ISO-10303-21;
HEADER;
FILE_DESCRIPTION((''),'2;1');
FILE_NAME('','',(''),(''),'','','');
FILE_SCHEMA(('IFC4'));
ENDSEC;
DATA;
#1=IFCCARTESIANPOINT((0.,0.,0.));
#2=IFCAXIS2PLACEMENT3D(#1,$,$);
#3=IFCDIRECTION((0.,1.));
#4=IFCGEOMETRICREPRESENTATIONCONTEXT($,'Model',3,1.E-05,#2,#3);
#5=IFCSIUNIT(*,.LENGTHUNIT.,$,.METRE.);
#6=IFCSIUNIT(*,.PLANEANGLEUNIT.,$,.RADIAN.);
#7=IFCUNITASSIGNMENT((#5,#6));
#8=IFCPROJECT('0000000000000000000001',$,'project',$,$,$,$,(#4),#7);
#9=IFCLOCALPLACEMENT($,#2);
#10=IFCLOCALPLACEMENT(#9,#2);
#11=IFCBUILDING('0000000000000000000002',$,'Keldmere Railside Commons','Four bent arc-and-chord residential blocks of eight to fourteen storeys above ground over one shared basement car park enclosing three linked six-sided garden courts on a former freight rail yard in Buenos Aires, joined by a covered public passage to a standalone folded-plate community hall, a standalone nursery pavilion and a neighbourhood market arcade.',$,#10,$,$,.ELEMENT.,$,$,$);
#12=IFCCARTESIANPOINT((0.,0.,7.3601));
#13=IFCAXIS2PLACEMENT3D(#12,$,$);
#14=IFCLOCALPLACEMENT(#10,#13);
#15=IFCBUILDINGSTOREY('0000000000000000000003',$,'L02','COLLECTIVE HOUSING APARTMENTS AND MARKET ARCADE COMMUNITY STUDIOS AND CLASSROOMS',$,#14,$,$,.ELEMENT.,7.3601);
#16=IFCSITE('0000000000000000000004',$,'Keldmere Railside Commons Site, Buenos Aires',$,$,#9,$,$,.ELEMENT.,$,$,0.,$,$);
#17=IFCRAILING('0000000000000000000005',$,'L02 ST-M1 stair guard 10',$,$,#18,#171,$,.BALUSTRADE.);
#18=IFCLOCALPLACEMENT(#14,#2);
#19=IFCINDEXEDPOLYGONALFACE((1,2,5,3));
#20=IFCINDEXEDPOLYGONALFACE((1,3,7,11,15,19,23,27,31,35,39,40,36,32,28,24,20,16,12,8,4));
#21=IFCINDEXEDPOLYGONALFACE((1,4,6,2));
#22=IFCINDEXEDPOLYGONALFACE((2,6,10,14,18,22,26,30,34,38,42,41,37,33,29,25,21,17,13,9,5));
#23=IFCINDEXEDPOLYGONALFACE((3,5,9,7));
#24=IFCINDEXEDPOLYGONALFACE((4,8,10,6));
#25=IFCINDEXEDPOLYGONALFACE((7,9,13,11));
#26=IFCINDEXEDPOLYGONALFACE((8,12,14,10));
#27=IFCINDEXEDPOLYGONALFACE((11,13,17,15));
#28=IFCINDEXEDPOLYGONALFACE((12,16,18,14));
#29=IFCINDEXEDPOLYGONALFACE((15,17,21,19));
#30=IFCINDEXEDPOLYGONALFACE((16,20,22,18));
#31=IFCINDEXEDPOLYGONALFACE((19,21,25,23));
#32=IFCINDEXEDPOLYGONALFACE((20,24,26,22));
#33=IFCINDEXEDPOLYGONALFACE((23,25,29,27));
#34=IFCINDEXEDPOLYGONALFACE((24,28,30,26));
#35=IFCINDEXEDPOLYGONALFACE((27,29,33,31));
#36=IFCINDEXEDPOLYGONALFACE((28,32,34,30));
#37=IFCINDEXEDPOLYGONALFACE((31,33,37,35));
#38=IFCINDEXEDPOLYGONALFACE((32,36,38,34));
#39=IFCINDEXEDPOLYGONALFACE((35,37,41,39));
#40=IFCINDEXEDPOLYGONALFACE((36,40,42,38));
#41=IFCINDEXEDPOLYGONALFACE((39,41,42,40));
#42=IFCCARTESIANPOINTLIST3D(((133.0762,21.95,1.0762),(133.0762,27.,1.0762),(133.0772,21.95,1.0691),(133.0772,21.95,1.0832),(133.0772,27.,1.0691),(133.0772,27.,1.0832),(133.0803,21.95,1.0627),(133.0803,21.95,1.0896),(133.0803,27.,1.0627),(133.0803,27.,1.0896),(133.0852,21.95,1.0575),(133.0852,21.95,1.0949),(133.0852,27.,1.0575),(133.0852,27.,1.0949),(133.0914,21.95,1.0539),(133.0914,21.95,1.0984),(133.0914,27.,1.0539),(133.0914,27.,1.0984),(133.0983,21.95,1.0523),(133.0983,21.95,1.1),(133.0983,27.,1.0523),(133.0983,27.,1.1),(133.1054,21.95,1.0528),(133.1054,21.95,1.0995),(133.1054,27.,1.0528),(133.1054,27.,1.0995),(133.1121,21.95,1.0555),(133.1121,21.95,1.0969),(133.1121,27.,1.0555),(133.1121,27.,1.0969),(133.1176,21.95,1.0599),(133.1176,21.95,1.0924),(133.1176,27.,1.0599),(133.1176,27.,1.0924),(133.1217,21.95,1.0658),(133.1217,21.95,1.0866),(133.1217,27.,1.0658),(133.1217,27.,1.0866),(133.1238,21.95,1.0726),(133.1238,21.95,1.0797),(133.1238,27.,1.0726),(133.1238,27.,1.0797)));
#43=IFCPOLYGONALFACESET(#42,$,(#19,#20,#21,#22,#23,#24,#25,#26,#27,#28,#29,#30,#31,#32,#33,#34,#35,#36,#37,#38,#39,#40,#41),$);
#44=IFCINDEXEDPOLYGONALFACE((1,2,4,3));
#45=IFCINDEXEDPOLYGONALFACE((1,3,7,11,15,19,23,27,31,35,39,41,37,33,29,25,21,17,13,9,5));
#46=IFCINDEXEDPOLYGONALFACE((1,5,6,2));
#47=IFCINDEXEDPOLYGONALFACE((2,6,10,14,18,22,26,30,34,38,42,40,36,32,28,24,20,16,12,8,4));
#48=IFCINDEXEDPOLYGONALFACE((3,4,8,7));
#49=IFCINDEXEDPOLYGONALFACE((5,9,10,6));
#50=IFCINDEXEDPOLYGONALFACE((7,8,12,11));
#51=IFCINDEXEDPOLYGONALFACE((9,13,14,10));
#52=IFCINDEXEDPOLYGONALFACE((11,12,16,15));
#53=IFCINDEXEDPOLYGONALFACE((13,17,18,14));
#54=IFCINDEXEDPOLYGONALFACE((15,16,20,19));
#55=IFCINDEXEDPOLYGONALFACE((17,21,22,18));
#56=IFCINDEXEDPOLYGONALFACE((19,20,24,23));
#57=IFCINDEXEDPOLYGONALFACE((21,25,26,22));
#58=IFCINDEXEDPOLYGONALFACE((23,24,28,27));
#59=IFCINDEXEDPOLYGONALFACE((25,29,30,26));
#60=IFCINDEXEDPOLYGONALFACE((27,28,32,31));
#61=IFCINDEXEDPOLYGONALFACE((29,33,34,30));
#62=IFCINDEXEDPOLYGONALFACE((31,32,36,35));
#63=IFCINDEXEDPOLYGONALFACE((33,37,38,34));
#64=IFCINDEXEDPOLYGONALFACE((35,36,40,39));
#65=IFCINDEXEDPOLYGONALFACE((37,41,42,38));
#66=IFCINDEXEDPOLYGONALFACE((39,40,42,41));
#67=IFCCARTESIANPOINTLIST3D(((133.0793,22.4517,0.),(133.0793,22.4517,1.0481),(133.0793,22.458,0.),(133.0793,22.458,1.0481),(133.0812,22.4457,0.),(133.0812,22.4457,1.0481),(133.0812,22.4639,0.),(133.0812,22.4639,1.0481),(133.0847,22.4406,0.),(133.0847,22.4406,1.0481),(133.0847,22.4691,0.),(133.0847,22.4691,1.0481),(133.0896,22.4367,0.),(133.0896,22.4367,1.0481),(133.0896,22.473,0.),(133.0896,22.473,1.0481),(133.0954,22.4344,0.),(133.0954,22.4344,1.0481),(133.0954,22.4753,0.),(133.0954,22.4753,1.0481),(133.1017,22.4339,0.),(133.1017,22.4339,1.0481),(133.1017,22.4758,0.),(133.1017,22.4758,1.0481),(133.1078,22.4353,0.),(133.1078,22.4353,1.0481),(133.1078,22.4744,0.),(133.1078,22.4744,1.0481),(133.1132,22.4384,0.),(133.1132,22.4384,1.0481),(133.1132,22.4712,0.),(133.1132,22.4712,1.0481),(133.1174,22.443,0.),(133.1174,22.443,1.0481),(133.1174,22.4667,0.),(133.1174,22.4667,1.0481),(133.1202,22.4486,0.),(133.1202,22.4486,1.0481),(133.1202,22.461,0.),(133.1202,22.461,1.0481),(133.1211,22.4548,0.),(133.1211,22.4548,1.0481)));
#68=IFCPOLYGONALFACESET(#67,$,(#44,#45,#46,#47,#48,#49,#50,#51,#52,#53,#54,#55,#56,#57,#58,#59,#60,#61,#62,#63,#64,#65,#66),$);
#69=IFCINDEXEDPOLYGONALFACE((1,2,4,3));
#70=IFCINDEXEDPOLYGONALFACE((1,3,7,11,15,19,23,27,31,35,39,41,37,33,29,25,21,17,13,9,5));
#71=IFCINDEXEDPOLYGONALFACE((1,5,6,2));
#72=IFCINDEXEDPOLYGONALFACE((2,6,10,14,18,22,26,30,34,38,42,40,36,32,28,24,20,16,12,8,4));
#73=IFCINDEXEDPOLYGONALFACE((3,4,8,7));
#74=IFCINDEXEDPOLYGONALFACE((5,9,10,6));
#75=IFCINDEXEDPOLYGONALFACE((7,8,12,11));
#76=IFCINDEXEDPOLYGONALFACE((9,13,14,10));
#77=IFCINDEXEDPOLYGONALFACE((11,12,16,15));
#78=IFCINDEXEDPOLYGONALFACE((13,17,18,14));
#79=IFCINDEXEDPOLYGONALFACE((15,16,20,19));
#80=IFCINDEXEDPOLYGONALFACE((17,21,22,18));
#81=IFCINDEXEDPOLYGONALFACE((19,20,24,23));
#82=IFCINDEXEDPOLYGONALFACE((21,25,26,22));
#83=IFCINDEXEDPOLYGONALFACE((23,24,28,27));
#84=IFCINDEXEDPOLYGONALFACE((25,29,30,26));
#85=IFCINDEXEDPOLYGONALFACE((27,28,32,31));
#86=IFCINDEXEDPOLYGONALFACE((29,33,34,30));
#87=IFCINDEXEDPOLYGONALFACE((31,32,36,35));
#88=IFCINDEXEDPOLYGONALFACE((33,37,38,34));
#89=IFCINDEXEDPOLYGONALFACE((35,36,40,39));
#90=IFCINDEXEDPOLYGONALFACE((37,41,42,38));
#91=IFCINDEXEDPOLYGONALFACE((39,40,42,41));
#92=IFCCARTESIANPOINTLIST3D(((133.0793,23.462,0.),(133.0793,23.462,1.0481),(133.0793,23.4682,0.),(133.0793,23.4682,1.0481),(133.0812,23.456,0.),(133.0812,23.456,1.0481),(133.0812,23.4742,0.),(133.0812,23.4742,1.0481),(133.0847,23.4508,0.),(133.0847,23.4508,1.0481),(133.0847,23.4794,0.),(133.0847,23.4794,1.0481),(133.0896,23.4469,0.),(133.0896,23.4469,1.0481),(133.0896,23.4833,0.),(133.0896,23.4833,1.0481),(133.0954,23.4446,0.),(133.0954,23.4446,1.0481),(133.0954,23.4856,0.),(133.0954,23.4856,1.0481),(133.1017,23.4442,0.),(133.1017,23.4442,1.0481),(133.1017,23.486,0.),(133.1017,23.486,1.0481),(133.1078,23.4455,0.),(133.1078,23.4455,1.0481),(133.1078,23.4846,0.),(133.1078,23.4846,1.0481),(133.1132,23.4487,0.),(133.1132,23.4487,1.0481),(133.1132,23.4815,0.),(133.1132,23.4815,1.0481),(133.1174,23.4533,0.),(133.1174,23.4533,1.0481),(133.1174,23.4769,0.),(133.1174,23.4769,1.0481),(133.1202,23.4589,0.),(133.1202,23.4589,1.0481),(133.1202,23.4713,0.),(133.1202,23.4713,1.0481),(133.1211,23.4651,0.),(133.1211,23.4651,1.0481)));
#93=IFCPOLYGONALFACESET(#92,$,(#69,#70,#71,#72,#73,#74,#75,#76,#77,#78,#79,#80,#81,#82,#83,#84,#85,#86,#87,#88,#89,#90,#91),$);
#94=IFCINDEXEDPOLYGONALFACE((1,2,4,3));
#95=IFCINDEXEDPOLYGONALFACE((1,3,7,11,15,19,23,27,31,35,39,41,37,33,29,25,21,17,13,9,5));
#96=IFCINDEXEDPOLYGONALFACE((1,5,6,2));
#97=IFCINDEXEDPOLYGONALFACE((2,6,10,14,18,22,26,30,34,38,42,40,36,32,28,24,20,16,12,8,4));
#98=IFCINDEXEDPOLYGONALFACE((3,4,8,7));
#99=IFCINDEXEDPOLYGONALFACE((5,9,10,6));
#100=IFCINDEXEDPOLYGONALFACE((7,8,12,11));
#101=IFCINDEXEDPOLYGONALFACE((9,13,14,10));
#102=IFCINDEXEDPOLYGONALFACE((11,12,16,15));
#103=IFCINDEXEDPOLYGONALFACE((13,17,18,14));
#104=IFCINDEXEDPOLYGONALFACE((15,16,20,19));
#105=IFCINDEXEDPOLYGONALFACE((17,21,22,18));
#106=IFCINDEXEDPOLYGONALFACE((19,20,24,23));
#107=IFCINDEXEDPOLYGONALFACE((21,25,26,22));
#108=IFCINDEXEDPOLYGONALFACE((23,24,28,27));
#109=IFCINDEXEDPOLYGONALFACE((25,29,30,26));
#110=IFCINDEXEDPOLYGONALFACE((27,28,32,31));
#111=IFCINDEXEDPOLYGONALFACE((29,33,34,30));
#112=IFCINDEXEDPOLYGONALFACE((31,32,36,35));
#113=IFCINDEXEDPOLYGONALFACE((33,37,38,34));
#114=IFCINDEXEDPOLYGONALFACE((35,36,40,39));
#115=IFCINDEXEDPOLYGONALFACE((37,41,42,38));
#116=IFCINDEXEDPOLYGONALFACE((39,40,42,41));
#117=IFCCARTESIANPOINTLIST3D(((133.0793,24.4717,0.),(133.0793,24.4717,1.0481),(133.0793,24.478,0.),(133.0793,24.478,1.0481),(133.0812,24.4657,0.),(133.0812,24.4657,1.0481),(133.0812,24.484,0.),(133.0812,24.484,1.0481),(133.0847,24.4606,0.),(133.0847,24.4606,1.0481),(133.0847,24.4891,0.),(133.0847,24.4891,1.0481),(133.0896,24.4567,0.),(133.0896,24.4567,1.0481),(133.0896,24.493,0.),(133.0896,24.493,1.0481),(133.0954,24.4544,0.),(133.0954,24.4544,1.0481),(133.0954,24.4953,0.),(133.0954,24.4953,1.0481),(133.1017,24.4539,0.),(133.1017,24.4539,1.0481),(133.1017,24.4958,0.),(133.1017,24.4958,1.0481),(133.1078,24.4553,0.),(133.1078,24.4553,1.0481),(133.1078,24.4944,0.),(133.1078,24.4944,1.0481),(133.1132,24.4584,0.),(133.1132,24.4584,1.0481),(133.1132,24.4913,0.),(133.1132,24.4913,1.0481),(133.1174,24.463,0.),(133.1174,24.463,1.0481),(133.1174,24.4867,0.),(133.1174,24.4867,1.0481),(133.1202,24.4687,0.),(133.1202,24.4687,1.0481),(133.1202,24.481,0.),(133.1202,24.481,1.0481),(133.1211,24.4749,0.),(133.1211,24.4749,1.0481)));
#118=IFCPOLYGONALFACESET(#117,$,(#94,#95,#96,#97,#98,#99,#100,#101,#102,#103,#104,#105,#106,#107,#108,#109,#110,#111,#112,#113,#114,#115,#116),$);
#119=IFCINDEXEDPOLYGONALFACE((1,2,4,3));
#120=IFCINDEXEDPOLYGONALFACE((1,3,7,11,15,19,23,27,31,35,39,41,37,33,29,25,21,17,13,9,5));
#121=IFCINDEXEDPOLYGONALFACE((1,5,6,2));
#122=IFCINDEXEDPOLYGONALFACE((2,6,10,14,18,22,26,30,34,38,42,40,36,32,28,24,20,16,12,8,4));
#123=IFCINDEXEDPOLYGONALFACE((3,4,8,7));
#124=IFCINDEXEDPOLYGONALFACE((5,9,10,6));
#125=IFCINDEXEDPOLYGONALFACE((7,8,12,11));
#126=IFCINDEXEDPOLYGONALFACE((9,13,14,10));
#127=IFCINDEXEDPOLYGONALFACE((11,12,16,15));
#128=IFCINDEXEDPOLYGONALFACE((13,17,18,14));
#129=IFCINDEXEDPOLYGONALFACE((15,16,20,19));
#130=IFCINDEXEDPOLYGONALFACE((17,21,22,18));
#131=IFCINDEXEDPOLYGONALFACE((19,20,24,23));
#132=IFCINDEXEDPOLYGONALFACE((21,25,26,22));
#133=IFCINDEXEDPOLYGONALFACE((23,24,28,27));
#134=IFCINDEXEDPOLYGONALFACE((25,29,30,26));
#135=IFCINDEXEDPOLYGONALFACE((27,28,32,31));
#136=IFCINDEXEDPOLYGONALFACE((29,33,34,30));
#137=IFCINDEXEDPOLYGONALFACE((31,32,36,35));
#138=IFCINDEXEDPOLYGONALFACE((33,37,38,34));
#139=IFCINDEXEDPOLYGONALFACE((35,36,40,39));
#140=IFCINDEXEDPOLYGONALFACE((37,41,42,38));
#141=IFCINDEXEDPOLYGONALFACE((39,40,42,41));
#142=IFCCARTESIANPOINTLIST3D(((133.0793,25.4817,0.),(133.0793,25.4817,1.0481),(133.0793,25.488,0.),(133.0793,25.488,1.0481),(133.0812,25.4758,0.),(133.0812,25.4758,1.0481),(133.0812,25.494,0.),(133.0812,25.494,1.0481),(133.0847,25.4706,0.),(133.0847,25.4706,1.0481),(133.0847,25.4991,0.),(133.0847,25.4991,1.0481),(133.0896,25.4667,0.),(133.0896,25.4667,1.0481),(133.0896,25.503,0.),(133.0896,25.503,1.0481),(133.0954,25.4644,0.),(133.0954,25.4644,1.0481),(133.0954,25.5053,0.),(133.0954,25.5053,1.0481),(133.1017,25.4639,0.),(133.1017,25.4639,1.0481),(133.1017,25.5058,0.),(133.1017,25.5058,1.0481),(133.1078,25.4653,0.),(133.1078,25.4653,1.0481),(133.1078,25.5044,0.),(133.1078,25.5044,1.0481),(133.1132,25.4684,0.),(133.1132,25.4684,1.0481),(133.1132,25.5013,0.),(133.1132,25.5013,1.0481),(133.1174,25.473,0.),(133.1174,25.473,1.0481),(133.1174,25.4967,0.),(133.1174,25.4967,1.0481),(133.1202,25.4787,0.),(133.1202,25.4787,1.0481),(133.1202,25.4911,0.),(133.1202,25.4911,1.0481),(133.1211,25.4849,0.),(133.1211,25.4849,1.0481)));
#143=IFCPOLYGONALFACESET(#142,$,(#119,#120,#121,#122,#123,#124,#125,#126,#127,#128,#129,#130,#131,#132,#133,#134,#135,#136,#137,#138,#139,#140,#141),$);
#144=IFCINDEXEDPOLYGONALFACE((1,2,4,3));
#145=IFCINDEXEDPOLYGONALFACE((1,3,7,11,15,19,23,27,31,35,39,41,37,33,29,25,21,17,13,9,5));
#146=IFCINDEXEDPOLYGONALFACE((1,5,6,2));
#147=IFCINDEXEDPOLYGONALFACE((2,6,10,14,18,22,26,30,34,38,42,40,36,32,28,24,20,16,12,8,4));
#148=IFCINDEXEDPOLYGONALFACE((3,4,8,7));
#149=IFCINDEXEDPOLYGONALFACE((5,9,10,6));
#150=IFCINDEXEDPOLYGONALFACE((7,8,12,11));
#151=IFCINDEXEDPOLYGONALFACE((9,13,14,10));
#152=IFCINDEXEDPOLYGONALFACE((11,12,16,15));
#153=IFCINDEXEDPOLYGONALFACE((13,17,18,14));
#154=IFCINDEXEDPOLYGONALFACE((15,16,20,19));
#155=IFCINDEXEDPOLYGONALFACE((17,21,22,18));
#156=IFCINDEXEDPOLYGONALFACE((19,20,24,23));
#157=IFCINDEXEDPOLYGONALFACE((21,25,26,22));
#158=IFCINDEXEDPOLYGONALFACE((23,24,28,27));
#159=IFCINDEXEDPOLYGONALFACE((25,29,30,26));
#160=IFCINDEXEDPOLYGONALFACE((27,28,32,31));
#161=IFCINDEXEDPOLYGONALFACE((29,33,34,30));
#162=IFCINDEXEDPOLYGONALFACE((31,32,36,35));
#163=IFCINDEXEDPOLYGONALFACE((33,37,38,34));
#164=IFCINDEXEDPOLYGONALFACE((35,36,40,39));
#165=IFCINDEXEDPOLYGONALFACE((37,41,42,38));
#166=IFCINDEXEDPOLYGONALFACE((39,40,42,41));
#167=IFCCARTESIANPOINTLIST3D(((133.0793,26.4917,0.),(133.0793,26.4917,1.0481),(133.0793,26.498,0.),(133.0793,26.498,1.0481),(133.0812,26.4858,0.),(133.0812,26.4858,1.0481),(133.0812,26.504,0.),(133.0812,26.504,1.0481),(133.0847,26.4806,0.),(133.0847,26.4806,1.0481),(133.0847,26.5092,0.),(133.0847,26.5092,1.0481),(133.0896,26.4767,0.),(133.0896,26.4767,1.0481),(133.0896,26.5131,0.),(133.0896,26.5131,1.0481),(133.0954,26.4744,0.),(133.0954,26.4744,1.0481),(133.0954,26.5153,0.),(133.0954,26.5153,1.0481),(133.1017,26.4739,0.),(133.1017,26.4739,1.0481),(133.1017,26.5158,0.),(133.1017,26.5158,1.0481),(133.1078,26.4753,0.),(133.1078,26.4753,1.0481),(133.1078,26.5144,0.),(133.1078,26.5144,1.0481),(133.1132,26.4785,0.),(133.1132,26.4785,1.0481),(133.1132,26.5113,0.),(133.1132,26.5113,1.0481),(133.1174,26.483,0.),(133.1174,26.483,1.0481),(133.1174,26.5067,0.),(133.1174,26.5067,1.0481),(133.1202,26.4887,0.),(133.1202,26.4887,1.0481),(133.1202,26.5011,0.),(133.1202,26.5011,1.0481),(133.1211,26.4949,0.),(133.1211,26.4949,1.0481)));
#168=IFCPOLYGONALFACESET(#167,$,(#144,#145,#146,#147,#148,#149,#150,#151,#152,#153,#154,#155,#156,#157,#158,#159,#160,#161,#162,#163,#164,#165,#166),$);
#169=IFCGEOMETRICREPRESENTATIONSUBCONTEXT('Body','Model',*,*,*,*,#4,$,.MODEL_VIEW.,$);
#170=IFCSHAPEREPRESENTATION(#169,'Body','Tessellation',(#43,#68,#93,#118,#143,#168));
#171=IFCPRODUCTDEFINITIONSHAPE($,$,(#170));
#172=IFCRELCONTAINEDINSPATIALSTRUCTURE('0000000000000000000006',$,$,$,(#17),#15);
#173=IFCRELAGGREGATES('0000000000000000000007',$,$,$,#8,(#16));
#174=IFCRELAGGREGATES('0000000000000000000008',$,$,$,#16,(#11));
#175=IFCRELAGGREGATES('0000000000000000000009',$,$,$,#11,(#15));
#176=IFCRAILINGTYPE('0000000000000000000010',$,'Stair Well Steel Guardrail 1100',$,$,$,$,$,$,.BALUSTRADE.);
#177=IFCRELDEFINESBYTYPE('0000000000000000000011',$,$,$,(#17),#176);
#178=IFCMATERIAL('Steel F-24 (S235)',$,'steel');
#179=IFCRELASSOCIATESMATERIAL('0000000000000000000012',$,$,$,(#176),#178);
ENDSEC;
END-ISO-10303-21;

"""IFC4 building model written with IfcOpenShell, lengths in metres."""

from ifc_helpers import new_model, si_unit, direction, frame, origin, origin_2d, place, context, subcontext, project, spatial, circle, extrude, material, type_object, element, save


model = new_model("IFC4")

# Units and contexts
model_context = context("Model", 3, precision=1e-05, world=origin(), true_north=direction((0.0, 1.0)))
body_context = subcontext(model_context, "Body", "Model", "MODEL_VIEW")
ifc_project = project(units=[si_unit("LENGTHUNIT", "METRE"), si_unit("PLANEANGLEUNIT", "RADIAN")], contexts=[model_context])

# Site, building, storey
site_placement = place(None, origin())
site = spatial("IfcSite", under=ifc_project, at=site_placement, Name="Keldmere Railside Commons Site, Buenos Aires", CompositionType="ELEMENT", RefElevation=0.0)
building_placement = place(site_placement, origin())
building = spatial("IfcBuilding", under=site, at=building_placement, Name="Keldmere Railside Commons", Description="Four bent arc-and-chord residential blocks of eight to fourteen storeys above ground over one shared basement car park enclosing three linked six-sided garden courts on a former freight rail yard in Buenos Aires, joined by a covered public passage to a standalone folded-plate community hall, a standalone nursery pavilion and a neighbourhood market arcade.", CompositionType="ELEMENT")
storey_placement = place(building_placement, frame((0.0, 0.0, 7.3601)))
storey = spatial("IfcBuildingStorey", under=building, at=storey_placement, Name="L02", Description="COLLECTIVE HOUSING APARTMENTS AND MARKET ARCADE COMMUNITY STUDIOS AND CLASSROOMS", CompositionType="ELEMENT", Elevation=7.3601)

# Shared definitions
ifc_material_1 = material(Name="Steel F-24 (S235)", Category="steel")

# Railing
railing_type_1 = type_object("IfcRailingType", Name="Stair Well Steel Guardrail 1100", PredefinedType="BALUSTRADE", material=ifc_material_1)
railing_1_placement = place(storey_placement, frame((133.1001, 21.95, 0.0)))
element("IfcRailing", 1, at=railing_1_placement, inside=storey, type_object=railing_type_1, Name="L02 ST-M1 stair guard 10", PredefinedType="BALUSTRADE", context=body_context, shape_type="SweptSolid", body=[
    extrude(circle(Radius=0.0239, at=origin_2d()), frame((0.0, 0.0, 1.0762), z_axis=(0.0, 1.0, 0.0), x_axis=(-1.0, 0.0, 0.0)), (0.0, 0.0, 1.0), 5.05),
    extrude(circle(Radius=0.021, at=origin_2d()), frame((0.0, 0.5049, 0.0)), (0.0, 0.0, 1.0), 1.0481),
    extrude(circle(Radius=0.021, at=origin_2d()), frame((0.0, 1.5151, 0.0)), (0.0, 0.0, 1.0), 1.0481),
    extrude(circle(Radius=0.021, at=origin_2d()), frame((0.0, 2.5249, 0.0)), (0.0, 0.0, 1.0), 1.0481),
    extrude(circle(Radius=0.021, at=origin_2d()), frame((0.0, 3.5349, 0.0)), (0.0, 0.0, 1.0), 1.0481),
    extrude(circle(Radius=0.021, at=origin_2d()), frame((0.0, 4.5449, 0.0)), (0.0, 0.0, 1.0), 1.0481),
])

save(model, "model.ifc")
